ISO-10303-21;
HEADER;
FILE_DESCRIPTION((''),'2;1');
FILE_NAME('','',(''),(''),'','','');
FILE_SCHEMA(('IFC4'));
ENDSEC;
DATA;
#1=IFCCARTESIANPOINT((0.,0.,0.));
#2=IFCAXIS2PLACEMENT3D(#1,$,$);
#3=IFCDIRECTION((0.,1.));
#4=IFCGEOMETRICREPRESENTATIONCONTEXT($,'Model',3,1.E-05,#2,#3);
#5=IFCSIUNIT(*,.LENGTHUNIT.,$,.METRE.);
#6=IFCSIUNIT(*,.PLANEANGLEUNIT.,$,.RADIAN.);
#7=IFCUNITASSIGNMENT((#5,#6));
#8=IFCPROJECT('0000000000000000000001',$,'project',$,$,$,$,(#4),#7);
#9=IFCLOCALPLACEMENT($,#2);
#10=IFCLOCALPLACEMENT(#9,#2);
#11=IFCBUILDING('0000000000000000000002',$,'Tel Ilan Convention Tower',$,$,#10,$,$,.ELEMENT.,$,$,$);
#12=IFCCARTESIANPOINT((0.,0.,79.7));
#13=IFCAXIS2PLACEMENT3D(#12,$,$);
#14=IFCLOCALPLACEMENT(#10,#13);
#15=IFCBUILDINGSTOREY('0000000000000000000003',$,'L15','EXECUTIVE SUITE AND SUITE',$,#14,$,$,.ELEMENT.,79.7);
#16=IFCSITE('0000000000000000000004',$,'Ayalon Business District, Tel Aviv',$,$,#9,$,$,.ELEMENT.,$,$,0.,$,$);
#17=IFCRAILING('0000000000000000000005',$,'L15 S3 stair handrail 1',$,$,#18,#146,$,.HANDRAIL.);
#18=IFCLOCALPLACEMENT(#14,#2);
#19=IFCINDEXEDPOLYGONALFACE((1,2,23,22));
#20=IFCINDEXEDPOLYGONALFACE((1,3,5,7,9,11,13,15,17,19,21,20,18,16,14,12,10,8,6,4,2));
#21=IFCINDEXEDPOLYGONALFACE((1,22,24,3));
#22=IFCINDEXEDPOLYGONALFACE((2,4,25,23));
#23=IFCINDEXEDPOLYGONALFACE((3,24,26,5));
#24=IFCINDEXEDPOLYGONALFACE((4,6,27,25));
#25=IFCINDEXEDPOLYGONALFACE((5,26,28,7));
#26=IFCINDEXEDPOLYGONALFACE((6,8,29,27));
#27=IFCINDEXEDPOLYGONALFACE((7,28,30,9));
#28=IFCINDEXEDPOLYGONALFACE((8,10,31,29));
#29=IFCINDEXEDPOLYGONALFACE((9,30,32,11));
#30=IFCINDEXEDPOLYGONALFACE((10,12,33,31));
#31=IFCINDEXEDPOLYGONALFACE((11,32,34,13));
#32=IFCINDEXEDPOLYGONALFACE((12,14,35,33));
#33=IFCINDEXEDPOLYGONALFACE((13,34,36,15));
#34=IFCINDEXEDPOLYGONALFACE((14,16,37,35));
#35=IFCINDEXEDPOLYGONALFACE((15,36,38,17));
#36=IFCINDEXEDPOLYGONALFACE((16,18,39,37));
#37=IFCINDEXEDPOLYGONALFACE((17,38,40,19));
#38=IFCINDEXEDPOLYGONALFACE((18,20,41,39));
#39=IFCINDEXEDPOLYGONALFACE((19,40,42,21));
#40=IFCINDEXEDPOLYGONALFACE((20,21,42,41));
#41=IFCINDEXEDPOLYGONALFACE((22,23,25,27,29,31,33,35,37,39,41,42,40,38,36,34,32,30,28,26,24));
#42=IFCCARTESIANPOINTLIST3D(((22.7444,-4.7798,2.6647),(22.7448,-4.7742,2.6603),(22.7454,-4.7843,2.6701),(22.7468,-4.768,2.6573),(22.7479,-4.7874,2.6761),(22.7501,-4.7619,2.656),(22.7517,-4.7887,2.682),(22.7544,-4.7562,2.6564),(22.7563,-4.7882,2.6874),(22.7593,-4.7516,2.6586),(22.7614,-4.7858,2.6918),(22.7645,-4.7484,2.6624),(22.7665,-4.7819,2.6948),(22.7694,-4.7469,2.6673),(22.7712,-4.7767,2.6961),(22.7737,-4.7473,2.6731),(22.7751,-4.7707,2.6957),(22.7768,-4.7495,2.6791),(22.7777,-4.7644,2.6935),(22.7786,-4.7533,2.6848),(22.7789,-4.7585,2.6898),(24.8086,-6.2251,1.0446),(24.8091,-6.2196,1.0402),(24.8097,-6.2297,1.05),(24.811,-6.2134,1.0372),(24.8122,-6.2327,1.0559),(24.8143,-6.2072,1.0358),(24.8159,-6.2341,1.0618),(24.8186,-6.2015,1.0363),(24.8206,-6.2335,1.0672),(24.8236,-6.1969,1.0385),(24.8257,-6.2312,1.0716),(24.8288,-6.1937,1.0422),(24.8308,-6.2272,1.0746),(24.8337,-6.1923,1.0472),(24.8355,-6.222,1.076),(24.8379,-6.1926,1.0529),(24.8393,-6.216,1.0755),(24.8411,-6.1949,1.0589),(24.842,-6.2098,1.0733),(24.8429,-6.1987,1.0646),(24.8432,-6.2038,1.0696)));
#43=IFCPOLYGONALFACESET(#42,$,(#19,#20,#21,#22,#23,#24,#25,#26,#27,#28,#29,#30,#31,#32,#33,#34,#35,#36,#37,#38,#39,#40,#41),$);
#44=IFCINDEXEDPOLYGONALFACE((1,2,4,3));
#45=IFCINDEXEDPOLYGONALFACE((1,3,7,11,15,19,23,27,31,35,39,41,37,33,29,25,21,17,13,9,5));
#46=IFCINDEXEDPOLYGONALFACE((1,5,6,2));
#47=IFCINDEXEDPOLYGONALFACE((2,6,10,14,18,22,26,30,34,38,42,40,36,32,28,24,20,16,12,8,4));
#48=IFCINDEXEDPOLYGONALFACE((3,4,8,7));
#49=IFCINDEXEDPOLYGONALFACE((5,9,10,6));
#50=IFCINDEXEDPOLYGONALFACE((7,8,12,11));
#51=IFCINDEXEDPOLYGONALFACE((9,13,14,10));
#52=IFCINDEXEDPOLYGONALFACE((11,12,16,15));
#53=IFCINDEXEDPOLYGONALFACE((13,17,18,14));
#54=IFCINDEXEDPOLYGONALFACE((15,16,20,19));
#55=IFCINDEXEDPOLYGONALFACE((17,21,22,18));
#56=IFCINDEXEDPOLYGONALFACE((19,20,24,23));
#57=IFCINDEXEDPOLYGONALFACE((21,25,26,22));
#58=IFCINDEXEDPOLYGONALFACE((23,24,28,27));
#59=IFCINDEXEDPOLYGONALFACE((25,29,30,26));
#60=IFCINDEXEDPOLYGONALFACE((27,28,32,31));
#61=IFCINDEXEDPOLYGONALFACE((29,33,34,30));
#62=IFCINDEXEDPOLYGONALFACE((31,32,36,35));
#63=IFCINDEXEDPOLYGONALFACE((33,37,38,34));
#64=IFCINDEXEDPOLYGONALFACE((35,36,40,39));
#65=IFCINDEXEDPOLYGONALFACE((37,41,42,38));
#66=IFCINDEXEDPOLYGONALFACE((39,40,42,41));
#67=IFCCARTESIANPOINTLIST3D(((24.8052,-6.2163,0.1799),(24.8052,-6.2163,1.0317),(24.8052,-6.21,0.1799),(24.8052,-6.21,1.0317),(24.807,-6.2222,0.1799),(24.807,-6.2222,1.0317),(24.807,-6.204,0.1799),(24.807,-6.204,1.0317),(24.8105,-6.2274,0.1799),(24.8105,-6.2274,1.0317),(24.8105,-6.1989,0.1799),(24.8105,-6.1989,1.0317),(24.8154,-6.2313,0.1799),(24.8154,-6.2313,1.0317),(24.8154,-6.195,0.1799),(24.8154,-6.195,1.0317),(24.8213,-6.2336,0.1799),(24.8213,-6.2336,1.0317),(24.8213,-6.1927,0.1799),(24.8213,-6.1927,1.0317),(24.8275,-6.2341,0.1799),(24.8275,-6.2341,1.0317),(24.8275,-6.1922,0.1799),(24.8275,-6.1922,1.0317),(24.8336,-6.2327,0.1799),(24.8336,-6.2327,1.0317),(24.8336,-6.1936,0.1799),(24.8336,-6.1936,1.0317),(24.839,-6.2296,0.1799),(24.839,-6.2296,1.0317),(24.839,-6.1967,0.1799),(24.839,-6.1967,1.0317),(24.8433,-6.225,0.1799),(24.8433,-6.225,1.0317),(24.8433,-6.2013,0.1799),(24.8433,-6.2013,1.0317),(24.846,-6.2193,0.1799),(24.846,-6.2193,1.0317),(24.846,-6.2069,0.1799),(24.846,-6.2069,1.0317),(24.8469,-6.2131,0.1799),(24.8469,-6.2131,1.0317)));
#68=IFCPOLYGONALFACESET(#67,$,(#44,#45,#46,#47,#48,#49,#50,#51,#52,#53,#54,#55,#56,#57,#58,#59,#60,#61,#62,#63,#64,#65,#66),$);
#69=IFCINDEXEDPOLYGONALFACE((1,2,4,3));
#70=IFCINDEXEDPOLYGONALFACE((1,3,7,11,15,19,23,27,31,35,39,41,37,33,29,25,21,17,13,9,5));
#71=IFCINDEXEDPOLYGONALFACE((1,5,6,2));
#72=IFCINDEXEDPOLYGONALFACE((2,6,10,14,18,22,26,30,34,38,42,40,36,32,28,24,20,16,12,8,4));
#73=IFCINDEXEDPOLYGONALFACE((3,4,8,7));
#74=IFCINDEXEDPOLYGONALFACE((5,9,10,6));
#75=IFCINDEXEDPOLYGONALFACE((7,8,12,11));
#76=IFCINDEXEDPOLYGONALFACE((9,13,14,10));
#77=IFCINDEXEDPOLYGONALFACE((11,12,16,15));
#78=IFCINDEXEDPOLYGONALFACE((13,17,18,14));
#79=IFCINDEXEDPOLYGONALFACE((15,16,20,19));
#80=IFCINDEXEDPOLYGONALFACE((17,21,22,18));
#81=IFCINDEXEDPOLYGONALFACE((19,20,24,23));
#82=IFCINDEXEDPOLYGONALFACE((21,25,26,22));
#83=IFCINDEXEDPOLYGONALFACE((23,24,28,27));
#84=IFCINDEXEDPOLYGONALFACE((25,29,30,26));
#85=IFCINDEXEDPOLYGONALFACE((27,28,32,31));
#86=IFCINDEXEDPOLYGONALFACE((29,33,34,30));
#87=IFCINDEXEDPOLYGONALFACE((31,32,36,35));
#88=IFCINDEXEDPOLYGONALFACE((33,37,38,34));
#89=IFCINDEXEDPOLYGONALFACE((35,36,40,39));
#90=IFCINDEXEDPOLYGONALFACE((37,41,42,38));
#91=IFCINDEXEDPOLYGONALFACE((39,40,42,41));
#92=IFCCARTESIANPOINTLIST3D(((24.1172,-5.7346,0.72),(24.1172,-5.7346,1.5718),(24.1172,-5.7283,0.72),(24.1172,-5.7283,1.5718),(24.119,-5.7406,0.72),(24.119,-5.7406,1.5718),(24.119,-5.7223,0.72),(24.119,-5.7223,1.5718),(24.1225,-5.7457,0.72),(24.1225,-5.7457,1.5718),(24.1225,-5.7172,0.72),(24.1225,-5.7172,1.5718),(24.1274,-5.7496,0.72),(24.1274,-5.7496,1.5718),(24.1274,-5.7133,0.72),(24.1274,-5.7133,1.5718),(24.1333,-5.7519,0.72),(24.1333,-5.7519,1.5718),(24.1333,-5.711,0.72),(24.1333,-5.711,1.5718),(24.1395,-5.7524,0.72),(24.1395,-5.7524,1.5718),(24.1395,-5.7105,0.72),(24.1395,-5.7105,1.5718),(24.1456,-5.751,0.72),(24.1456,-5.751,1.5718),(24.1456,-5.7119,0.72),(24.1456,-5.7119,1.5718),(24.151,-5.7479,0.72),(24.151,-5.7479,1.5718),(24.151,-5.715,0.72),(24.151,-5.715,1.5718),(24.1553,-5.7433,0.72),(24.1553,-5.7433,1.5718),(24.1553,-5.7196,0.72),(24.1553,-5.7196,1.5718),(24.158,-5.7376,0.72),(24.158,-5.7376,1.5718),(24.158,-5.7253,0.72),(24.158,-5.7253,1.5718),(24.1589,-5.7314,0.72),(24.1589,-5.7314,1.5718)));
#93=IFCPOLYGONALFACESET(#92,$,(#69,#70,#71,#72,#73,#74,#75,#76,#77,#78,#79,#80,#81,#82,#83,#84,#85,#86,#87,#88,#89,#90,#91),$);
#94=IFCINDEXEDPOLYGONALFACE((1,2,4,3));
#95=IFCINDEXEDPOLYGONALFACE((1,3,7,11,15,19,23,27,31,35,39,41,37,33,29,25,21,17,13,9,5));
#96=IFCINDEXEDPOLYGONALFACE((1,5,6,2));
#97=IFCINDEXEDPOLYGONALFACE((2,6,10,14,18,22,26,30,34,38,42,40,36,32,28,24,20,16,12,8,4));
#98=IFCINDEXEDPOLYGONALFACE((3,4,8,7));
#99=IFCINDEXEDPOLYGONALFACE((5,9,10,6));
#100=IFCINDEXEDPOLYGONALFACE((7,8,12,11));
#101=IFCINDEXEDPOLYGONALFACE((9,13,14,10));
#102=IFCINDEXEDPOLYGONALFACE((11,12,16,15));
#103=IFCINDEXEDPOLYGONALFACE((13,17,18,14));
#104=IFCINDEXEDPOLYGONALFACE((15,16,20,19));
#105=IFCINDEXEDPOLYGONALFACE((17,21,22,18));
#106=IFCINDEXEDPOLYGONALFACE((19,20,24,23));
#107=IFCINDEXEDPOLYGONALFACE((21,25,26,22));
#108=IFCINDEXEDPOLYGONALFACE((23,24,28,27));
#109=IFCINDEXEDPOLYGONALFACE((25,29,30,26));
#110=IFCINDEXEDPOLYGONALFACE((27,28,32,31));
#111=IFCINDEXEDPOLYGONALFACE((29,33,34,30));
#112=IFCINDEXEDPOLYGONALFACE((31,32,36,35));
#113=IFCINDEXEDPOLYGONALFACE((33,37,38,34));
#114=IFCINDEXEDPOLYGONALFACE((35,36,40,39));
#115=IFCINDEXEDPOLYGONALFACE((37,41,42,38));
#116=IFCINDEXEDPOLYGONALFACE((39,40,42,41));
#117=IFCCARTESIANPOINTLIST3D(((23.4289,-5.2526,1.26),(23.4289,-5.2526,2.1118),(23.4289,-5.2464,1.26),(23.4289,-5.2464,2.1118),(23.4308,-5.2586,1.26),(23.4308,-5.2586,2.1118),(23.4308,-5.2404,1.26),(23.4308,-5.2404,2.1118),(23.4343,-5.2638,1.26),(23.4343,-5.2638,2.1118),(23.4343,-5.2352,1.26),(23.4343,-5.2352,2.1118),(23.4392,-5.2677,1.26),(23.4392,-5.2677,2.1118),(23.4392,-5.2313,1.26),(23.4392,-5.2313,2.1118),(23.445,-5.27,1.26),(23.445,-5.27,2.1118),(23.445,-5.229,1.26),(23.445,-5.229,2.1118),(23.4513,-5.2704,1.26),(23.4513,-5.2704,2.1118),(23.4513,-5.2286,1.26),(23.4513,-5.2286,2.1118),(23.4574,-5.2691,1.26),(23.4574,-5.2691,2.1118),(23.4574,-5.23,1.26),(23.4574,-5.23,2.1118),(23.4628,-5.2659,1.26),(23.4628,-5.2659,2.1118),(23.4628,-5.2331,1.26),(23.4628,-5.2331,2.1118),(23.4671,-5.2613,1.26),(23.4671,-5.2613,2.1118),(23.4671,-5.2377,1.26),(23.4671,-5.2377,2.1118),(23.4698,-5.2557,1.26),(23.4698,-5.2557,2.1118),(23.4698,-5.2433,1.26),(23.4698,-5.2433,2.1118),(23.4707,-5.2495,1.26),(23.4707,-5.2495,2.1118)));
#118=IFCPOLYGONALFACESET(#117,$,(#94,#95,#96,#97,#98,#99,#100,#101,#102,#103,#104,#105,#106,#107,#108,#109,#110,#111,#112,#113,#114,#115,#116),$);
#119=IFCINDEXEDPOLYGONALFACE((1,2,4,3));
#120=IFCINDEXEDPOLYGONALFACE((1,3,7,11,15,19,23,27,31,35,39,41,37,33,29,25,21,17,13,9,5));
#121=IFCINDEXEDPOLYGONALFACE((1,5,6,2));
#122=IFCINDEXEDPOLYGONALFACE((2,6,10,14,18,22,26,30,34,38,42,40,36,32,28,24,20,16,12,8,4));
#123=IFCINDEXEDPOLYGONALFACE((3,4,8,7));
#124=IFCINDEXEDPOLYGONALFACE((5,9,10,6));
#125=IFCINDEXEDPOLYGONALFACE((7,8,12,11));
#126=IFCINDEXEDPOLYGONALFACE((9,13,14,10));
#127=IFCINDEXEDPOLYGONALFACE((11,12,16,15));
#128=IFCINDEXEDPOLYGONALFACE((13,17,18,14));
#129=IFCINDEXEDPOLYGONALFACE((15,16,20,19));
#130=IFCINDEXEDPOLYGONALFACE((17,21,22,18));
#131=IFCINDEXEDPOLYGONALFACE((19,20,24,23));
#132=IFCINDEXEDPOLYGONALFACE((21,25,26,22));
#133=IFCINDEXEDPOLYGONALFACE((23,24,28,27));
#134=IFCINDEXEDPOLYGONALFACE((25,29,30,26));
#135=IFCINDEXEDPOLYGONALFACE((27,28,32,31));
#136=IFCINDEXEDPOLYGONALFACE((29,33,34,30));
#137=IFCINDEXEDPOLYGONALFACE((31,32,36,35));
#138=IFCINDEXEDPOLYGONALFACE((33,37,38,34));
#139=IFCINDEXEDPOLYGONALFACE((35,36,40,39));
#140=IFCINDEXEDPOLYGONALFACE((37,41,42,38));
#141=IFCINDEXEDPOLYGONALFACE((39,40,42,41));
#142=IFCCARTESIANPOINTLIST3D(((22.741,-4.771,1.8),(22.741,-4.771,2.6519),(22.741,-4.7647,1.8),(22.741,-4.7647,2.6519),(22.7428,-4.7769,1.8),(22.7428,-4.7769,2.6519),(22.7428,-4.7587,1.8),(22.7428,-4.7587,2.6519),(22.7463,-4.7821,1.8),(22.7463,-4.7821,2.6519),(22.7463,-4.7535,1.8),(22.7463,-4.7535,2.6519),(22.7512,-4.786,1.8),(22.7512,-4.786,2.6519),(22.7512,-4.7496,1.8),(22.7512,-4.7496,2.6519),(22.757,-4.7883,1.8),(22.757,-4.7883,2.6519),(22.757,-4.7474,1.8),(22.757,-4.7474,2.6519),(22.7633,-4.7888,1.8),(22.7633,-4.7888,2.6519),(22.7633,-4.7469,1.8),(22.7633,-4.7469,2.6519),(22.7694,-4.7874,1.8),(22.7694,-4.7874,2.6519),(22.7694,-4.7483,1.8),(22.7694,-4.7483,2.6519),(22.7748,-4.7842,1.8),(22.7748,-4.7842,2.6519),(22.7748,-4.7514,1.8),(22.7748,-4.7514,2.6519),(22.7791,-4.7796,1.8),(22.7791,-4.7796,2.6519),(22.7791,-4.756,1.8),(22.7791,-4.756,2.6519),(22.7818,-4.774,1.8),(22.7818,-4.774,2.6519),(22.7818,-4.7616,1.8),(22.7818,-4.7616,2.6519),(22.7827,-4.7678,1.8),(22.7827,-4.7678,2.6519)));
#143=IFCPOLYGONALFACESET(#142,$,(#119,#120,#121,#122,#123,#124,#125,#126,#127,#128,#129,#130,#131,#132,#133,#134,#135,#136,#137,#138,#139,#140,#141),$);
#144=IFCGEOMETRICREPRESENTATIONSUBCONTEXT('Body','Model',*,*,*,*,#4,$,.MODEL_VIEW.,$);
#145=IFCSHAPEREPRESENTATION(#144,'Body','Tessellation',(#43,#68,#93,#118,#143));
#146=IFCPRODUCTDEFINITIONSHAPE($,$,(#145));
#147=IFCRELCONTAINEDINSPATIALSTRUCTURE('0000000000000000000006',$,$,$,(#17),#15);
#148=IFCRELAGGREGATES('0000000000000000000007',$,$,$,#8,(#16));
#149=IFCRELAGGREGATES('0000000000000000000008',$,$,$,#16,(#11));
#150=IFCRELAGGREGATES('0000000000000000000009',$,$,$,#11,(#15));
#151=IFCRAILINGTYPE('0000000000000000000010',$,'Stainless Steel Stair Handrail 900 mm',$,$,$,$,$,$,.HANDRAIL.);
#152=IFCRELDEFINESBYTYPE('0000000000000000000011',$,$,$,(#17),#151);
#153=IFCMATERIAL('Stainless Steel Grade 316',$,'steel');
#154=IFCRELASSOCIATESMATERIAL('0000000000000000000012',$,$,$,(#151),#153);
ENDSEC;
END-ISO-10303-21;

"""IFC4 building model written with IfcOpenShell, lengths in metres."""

from ifc_helpers import new_model, si_unit, direction, frame, origin, origin_2d, place, context, subcontext, project, spatial, circle, extrude, material, type_object, element, save


model = new_model("IFC4")

# Units and contexts
model_context = context("Model", 3, precision=1e-05, world=origin(), true_north=direction((0.0, 1.0)))
body_context = subcontext(model_context, "Body", "Model", "MODEL_VIEW")
ifc_project = project(units=[si_unit("LENGTHUNIT", "METRE"), si_unit("PLANEANGLEUNIT", "RADIAN")], contexts=[model_context])

# Site, building, storey
site_placement = place(None, origin())
site = spatial("IfcSite", under=ifc_project, at=site_placement, Name="Ayalon Business District, Tel Aviv", CompositionType="ELEMENT", RefElevation=0.0)
building_placement = place(site_placement, origin())
building = spatial("IfcBuilding", under=site, at=building_placement, Name="Tel Ilan Convention Tower", CompositionType="ELEMENT")
storey_placement = place(building_placement, frame((0.0, 0.0, 79.7)))
storey = spatial("IfcBuildingStorey", under=building, at=storey_placement, Name="L15", Description="EXECUTIVE SUITE AND SUITE", CompositionType="ELEMENT", Elevation=79.7)

# Railing
ifc_material_1 = material(Name="Stainless Steel Grade 316", Category="steel")
railing_type_1 = type_object("IfcRailingType", Name="Stainless Steel Stair Handrail 900 mm", PredefinedType="HANDRAIL", material=ifc_material_1)
railing_1_placement = place(storey_placement, frame((24.8259, -6.2131, 0.1799)))
element("IfcRailing", 1, at=railing_1_placement, inside=storey, type_object=railing_type_1, Name="L15 S3 stair handrail 1", PredefinedType="HANDRAIL", context=body_context, shape_type="SweptSolid", body=[
    extrude(circle(Radius=0.0239, at=origin_2d()), frame((0.0, 0.0, 0.876), z_axis=(-0.68904, 0.48245, 0.540801), x_axis=(-0.57356, -0.819164, 0.0)), (0.0, 0.0, 1.0), 2.9958),
    extrude(circle(Radius=0.021, at=origin_2d()), origin(), (0.0, 0.0, 1.0), 0.8518),
    extrude(circle(Radius=0.021, at=origin_2d()), frame((-0.688, 0.4817, 0.54)), (0.0, 0.0, 1.0), 0.8518),
    extrude(circle(Radius=0.021, at=origin_2d()), frame((-1.3762, 0.9636, 1.0801)), (0.0, 0.0, 1.0), 0.8518),
    extrude(circle(Radius=0.021, at=origin_2d()), frame((-2.0642, 1.4453, 1.6201)), (0.0, 0.0, 1.0), 0.8518),
])

save(model, "model.ifc")
